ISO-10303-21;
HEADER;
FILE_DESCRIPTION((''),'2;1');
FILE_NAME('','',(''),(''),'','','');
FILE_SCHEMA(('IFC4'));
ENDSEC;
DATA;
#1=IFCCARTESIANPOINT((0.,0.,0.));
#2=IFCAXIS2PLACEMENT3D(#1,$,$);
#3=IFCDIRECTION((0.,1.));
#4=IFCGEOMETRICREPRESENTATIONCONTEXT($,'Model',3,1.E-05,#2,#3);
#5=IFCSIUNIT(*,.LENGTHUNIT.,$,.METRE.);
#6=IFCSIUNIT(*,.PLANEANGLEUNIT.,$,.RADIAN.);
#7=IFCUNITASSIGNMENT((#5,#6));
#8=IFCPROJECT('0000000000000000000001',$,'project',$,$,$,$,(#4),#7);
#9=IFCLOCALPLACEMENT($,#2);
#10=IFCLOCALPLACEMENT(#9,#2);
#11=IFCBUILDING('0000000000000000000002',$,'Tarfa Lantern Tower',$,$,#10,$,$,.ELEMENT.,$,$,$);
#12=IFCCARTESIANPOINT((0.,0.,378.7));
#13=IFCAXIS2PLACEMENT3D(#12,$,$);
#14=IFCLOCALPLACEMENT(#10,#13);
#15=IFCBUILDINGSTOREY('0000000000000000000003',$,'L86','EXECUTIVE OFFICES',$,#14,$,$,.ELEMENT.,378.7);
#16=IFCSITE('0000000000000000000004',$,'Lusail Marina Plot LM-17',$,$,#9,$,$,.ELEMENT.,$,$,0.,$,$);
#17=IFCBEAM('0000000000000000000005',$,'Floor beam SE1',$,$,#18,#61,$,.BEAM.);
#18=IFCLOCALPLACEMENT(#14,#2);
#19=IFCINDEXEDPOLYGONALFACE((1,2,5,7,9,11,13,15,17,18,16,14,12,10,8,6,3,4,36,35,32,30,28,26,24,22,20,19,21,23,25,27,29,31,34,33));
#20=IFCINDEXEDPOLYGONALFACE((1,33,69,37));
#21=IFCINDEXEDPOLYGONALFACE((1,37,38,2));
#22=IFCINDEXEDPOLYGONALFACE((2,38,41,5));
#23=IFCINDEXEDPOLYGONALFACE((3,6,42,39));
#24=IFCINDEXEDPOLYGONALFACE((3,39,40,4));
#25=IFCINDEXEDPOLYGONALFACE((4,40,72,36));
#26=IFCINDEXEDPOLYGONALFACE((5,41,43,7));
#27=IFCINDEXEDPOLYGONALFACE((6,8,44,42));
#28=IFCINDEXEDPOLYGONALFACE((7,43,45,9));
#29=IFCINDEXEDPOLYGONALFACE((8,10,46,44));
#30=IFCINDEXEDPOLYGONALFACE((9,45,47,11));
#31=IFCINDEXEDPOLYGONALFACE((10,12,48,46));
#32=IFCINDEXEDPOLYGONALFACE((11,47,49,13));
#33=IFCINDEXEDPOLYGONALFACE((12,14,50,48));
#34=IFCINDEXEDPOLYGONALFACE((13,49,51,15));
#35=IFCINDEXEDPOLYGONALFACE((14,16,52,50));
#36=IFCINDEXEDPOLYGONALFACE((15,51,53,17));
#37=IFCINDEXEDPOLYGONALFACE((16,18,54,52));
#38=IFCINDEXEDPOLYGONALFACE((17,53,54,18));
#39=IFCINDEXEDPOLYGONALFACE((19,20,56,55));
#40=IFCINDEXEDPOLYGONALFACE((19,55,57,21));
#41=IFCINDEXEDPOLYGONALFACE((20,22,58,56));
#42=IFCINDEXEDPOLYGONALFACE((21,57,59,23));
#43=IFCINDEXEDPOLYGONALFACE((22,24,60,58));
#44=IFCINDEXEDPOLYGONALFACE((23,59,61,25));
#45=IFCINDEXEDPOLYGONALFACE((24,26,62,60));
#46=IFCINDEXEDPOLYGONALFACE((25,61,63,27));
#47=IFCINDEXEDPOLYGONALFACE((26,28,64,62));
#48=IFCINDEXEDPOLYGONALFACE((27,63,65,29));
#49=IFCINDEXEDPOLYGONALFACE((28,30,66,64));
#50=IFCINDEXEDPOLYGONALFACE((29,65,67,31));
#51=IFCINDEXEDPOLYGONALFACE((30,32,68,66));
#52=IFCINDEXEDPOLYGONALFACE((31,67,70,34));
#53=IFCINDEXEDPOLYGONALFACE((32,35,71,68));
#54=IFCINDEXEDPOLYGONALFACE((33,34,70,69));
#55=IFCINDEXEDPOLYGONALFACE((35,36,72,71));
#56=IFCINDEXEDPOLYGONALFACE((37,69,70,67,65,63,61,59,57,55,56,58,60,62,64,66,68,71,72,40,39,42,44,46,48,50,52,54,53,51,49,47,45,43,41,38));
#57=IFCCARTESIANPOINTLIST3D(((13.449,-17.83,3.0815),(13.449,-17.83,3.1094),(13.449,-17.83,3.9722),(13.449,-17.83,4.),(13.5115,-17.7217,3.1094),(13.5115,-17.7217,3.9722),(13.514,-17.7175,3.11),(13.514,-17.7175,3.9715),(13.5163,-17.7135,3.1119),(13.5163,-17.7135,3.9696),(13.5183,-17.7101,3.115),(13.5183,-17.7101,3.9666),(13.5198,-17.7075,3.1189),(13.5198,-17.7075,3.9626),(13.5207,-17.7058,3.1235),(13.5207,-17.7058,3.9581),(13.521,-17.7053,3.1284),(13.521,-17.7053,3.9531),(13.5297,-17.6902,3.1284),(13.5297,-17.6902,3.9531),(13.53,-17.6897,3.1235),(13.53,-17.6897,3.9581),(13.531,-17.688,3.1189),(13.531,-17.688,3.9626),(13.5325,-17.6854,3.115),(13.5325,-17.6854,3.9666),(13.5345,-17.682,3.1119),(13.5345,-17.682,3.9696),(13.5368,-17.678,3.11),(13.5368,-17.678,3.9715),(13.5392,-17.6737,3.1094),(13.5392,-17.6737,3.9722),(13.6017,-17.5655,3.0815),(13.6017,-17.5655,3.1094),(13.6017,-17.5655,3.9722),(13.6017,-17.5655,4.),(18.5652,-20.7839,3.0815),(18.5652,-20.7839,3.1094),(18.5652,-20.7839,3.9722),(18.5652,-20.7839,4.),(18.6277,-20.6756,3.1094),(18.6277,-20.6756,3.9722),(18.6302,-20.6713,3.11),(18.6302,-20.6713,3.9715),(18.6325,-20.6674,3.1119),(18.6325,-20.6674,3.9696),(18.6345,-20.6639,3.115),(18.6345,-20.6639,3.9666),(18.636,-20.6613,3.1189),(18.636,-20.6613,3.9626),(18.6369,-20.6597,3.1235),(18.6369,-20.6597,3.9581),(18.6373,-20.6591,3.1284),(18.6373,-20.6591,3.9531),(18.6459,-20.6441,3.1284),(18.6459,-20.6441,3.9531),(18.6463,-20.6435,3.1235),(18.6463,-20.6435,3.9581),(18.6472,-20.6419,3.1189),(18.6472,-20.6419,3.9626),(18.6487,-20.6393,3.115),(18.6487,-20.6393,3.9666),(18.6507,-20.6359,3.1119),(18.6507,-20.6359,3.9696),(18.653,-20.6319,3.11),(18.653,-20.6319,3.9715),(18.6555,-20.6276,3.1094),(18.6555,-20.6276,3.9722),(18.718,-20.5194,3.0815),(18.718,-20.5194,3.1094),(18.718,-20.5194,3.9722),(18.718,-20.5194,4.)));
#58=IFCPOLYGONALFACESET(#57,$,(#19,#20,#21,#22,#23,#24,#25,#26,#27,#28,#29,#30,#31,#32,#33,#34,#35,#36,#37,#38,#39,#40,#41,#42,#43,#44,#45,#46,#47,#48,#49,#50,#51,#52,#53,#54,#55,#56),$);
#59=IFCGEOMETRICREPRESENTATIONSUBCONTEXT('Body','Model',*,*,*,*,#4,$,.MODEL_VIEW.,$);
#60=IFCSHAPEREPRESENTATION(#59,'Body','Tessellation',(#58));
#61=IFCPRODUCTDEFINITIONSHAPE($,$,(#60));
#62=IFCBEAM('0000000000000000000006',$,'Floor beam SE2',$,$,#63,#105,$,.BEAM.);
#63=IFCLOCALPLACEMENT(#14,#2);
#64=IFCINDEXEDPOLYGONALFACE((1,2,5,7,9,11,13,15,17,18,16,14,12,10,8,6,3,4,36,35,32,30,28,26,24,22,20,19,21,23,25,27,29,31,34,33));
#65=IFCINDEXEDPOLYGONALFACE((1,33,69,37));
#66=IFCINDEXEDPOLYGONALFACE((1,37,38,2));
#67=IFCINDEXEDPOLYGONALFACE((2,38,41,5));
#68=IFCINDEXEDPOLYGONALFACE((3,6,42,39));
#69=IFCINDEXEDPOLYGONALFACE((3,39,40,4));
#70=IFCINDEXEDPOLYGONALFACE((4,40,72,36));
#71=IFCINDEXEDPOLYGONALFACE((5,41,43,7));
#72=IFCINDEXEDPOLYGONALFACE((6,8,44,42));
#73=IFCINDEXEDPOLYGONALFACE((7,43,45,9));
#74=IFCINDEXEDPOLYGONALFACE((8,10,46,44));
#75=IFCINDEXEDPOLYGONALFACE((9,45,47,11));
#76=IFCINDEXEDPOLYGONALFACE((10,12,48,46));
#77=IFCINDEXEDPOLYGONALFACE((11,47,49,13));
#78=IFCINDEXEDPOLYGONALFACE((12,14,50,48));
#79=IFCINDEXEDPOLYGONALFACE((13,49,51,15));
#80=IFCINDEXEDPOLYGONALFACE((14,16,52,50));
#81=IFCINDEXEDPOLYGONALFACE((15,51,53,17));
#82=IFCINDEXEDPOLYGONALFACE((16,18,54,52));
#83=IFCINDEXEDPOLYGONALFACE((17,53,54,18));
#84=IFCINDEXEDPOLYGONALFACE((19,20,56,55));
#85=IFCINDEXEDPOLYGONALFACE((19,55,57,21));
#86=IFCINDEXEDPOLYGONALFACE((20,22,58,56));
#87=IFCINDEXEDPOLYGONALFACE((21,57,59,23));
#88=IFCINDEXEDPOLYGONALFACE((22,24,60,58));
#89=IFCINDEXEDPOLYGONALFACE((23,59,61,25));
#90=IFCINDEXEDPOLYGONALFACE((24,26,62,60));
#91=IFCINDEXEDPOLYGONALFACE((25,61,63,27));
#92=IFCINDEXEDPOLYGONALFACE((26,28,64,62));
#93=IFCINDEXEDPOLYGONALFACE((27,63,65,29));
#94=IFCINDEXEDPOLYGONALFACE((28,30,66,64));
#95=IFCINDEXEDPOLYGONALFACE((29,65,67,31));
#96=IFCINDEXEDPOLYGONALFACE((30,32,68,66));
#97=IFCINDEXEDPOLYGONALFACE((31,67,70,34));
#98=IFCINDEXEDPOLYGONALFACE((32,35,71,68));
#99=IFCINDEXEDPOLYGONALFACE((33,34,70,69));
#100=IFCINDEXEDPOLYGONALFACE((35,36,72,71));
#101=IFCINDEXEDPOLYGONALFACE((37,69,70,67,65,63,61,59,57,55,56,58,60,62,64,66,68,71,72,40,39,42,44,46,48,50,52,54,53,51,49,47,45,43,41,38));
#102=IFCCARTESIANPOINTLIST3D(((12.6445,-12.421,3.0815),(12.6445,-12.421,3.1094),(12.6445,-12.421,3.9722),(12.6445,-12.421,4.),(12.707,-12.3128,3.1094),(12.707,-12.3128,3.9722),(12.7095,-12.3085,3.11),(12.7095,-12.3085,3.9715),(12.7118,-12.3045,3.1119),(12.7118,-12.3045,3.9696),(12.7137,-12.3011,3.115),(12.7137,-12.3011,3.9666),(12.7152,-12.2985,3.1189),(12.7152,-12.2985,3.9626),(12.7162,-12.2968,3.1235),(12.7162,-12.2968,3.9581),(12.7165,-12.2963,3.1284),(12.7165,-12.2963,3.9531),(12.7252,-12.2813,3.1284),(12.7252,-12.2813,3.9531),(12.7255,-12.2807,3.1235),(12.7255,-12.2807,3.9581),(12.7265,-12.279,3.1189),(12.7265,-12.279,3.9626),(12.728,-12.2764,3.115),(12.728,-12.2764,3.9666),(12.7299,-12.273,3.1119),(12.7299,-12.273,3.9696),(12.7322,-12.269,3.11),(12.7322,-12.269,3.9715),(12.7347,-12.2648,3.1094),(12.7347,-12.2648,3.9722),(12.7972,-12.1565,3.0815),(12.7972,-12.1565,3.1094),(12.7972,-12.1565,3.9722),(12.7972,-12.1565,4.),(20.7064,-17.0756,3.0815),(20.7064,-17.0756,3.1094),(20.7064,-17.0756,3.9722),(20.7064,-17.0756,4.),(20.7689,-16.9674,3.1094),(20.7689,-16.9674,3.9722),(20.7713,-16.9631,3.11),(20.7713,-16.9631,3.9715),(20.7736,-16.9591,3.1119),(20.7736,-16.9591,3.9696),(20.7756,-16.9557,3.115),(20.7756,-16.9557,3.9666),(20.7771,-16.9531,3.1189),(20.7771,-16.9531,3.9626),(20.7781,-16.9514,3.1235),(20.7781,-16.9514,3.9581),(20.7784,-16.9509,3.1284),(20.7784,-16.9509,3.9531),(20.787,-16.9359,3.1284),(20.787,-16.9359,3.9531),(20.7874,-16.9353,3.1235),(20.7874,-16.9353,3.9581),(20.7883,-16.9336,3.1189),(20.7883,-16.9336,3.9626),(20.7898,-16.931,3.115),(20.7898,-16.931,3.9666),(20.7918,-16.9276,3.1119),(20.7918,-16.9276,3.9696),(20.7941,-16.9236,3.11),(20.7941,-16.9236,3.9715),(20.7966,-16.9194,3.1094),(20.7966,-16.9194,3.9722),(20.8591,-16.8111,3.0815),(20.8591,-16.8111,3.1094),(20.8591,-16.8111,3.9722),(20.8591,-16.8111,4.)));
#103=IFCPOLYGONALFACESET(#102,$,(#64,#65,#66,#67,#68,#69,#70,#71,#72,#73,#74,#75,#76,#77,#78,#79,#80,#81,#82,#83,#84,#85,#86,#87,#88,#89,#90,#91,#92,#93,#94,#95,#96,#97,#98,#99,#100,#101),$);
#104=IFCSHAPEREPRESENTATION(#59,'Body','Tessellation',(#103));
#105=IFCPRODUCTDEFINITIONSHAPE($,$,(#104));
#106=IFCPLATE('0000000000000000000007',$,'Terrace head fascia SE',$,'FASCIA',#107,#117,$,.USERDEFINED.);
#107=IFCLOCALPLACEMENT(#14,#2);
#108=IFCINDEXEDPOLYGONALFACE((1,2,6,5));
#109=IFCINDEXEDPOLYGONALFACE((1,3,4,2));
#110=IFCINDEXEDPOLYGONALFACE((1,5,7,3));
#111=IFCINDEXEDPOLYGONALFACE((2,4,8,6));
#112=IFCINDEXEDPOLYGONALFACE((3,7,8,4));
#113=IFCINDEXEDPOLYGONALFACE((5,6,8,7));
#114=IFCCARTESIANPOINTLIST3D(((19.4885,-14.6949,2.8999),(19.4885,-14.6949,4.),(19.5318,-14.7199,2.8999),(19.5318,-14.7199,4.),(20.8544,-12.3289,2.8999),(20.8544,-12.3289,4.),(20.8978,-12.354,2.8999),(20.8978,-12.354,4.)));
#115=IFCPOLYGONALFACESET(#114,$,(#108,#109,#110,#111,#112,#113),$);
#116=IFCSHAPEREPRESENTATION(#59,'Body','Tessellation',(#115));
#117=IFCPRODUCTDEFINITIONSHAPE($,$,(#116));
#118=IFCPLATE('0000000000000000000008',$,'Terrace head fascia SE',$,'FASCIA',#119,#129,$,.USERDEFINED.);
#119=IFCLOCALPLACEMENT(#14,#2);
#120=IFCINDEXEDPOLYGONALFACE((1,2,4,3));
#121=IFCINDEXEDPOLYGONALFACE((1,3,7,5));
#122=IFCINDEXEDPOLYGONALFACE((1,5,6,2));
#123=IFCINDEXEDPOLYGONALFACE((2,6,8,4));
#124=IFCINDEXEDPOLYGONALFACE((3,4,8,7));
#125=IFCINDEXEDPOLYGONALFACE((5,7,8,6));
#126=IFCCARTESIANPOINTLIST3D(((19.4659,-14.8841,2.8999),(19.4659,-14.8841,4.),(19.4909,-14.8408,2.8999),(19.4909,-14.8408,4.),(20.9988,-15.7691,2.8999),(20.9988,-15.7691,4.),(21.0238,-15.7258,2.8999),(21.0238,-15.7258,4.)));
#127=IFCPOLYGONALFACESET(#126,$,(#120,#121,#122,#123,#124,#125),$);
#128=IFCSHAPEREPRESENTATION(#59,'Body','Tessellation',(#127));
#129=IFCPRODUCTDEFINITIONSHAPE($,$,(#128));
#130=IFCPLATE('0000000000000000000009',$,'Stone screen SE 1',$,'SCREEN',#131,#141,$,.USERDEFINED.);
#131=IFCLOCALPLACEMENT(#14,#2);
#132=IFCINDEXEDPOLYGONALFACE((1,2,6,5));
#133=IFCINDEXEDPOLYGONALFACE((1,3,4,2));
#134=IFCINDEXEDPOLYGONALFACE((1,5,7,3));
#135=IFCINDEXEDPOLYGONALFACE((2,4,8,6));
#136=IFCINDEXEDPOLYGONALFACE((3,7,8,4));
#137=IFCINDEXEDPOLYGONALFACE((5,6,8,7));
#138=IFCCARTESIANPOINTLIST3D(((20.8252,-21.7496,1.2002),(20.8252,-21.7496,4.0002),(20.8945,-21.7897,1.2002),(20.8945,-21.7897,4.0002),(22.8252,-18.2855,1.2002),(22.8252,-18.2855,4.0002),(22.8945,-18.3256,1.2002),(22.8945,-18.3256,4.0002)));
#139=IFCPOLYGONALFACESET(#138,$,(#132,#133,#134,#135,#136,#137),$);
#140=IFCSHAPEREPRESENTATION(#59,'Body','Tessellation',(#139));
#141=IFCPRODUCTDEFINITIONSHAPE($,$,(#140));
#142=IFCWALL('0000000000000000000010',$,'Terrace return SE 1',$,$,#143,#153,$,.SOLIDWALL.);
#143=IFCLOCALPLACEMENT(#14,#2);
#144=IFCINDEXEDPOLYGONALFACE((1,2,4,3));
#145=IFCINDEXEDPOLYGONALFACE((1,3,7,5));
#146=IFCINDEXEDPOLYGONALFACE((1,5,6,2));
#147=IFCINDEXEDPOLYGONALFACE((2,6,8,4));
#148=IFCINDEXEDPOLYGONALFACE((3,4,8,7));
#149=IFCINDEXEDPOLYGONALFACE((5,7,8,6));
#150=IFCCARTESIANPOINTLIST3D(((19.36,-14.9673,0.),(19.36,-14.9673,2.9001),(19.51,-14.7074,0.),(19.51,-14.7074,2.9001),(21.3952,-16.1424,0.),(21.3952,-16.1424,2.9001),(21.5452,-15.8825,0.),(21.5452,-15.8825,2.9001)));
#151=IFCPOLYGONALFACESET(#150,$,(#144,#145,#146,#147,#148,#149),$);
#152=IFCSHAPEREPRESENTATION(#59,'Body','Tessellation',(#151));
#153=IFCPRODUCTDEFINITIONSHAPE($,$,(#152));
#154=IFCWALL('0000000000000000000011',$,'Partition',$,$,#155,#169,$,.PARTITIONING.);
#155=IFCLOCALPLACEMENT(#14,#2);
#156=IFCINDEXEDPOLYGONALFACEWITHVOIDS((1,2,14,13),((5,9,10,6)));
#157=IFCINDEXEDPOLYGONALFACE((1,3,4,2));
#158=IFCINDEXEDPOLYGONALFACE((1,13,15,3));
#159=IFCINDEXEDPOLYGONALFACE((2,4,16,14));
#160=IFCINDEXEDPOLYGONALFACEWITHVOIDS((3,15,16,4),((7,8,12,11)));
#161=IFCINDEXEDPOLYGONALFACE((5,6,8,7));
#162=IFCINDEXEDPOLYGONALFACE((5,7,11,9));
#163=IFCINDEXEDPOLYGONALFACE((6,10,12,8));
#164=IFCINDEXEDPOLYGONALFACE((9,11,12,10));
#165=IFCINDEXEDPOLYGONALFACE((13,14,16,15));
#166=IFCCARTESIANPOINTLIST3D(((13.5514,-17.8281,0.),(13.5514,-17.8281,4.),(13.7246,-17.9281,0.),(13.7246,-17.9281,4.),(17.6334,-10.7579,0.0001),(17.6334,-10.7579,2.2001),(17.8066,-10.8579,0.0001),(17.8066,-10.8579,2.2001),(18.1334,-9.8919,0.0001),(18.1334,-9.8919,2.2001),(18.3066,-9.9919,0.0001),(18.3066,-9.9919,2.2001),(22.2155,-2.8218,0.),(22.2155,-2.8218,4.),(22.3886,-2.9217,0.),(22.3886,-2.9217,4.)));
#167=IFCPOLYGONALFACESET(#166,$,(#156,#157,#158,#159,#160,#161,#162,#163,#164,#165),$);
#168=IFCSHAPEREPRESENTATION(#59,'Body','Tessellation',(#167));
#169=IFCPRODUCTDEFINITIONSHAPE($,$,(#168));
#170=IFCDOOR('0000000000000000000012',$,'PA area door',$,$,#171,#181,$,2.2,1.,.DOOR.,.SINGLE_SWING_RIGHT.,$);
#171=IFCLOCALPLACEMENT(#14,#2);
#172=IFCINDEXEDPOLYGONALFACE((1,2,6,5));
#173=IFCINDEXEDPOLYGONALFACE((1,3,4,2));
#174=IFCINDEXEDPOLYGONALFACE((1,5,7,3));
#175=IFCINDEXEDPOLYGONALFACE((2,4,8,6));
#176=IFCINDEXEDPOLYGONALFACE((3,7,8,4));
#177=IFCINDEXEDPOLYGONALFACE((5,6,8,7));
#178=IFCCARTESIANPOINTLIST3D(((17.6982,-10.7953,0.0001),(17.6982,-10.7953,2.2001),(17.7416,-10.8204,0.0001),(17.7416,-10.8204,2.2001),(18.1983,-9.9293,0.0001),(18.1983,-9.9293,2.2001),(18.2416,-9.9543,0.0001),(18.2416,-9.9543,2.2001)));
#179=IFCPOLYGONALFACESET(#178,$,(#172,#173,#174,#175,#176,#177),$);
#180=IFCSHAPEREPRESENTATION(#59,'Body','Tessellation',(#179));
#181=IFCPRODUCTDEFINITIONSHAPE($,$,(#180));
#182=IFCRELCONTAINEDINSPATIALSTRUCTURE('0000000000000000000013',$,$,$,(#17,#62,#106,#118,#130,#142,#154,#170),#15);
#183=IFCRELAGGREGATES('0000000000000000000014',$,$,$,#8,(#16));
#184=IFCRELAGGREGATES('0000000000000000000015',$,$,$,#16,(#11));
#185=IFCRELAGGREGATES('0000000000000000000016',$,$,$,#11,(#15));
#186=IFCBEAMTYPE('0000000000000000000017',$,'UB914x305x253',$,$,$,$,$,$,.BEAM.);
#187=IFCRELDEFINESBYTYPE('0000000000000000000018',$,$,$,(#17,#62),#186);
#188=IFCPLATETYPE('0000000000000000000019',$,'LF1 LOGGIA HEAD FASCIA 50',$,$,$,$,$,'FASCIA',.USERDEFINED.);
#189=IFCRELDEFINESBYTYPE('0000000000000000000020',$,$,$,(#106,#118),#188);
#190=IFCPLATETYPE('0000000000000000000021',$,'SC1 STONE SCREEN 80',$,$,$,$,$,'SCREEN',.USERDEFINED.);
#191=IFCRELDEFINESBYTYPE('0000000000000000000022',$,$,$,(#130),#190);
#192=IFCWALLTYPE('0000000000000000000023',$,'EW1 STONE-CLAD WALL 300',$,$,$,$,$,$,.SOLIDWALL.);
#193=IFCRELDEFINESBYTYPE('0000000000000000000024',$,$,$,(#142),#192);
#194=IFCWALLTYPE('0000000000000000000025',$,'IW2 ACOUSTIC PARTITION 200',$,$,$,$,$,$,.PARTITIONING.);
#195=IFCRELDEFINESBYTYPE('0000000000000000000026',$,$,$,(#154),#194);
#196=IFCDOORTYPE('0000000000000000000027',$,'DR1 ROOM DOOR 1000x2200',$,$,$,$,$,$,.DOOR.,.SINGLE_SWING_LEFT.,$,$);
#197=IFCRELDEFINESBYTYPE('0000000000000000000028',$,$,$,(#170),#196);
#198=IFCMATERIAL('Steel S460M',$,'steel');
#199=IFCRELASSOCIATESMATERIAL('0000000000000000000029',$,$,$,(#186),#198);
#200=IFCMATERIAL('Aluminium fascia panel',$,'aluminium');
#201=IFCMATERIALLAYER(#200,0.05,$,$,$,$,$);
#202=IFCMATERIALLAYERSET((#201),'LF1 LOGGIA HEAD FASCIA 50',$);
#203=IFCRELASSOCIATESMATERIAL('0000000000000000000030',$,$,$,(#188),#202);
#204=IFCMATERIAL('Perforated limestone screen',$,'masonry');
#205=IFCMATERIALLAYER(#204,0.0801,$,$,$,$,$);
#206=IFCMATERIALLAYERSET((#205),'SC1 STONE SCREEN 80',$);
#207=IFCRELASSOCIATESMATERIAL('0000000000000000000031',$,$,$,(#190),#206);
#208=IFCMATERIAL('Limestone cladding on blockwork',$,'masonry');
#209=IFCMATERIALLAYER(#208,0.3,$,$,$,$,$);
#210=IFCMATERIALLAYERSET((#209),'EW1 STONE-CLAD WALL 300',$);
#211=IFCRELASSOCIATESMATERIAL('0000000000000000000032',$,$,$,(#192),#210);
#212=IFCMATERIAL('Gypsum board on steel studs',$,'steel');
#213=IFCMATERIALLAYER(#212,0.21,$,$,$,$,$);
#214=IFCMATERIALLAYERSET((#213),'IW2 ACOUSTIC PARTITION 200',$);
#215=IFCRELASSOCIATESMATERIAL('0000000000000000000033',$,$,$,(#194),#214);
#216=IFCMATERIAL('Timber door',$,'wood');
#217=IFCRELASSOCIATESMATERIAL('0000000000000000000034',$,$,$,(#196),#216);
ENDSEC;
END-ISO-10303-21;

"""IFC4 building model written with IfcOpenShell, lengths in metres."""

from ifc_helpers import new_model, si_unit, direction, frame, frame_2d, origin, origin_2d, place, context, subcontext, project, spatial, rectangle, i_section, extrude, material, layer, layer_set, material_profile, profile_set, type_object, element, fill, save


model = new_model("IFC4")

# Units and contexts
model_context = context("Model", 3, precision=1e-05, world=origin(), true_north=direction((0.0, 1.0)))
body_context = subcontext(model_context, "Body", "Model", "MODEL_VIEW")
ifc_project = project(units=[si_unit("LENGTHUNIT", "METRE"), si_unit("PLANEANGLEUNIT", "RADIAN")], contexts=[model_context])

# Site, building, storey
site_placement = place(None, origin())
site = spatial("IfcSite", under=ifc_project, at=site_placement, Name="Lusail Marina Plot LM-17", CompositionType="ELEMENT", RefElevation=0.0)
building_placement = place(site_placement, origin())
building = spatial("IfcBuilding", under=site, at=building_placement, Name="Tarfa Lantern Tower", CompositionType="ELEMENT")
storey_placement = place(building_placement, frame((0.0, 0.0, 378.7)))
storey = spatial("IfcBuildingStorey", under=building, at=storey_placement, Name="L86", Description="EXECUTIVE OFFICES", CompositionType="ELEMENT", Elevation=378.7)

# Beams
ifc_material_1 = material(Name="Steel S460M", Category="steel")
ifc_material_profile_1 = material_profile(ifc_material_1, i_section(OverallWidth=0.3054, OverallDepth=0.9185, WebThickness=0.0173, FlangeThickness=0.0278, FilletRadius=0.019, at=origin_2d()), Name="UB914x305x253")
ifc_profile_set_1 = profile_set([ifc_material_profile_1], Name="Steel S460M")
beam_type_1 = type_object("IfcBeamType", Name="UB914x305x253", PredefinedType="BEAM", material=ifc_profile_set_1)
beam_1_placement = place(storey_placement, frame((18.6416, -20.6516, 3.5408), z_axis=(-0.866025, 0.500001, 0.0), x_axis=(-0.500001, -0.866025, 0.0)))
element("IfcBeam", 1, at=beam_1_placement, inside=storey, type_object=beam_type_1, Name="Floor beam SE1", PredefinedType="BEAM", context=body_context, shape_type="SweptSolid", body=[
    extrude(i_section(OverallWidth=0.3054, OverallDepth=0.9185, WebThickness=0.0173, FlangeThickness=0.0278, FilletRadius=0.019, at=origin_2d()), origin(), (0.0, 0.0, 1.0), 5.9077),
])
beam_2_placement = place(storey_placement, frame((20.7827, -16.9434, 3.5408), z_axis=(-0.866022, 0.500006, 0.0), x_axis=(-0.500006, -0.866022, 0.0)))
element("IfcBeam", 2, at=beam_2_placement, inside=storey, type_object=beam_type_1, Name="Floor beam SE2", PredefinedType="BEAM", context=body_context, shape_type="SweptSolid", body=[
    extrude(i_section(OverallWidth=0.3054, OverallDepth=0.9185, WebThickness=0.0173, FlangeThickness=0.0278, FilletRadius=0.019, at=origin_2d()), origin(), (0.0, 0.0, 1.0), 9.3091),
])

# Plates
ifc_material_2 = material(Name="Aluminium fascia panel", Category="aluminium")
ifc_layer_1 = layer(ifc_material_2, 0.05)
ifc_layer_set_1 = layer_set([ifc_layer_1], Name="LF1 LOGGIA HEAD FASCIA 50")
plate_type_1 = type_object("IfcPlateType", Name="LF1 LOGGIA HEAD FASCIA 50", ElementType="FASCIA", PredefinedType="USERDEFINED", material=ifc_layer_set_1)
plate_1_placement = place(storey_placement, frame((20.1931, -13.5244, 2.8999), z_axis=(0.0, 0.0, 1.0), x_axis=(0.5, 0.866025, 0.0)))
element("IfcPlate", 3, at=plate_1_placement, inside=storey, type_object=plate_type_1, Name="Terrace head fascia SE", ObjectType="FASCIA", PredefinedType="USERDEFINED", context=body_context, shape_type="SweptSolid", body=[
    extrude(rectangle(XDim=2.7319, YDim=0.05, at=origin_2d()), origin(), (0.0, 0.0, 1.0), 1.1001),
])
plate_2_placement = place(storey_placement, frame((20.2449, -15.3049, 2.8999), z_axis=(0.0, 0.0, 1.0), x_axis=(-0.866025, 0.5, 0.0)))
element("IfcPlate", 4, at=plate_2_placement, inside=storey, type_object=plate_type_1, Name="Terrace head fascia SE", ObjectType="FASCIA", PredefinedType="USERDEFINED", context=body_context, shape_type="SweptSolid", body=[
    extrude(rectangle(XDim=1.77, YDim=0.05, at=origin_2d()), origin(), (0.0, 0.0, 1.0), 1.1001),
])
ifc_material_3 = material(Name="Perforated limestone screen", Category="masonry")
ifc_layer_2 = layer(ifc_material_3, 0.0801)
ifc_layer_set_2 = layer_set([ifc_layer_2], Name="SC1 STONE SCREEN 80")
plate_type_2 = type_object("IfcPlateType", Name="SC1 STONE SCREEN 80", ElementType="SCREEN", PredefinedType="USERDEFINED", material=ifc_layer_set_2)
plate_3_placement = place(storey_placement, frame((21.8599, -20.0376, 1.2002), z_axis=(0.0, 0.0, 1.0), x_axis=(0.5, 0.866025, 0.0)))
element("IfcPlate", 5, at=plate_3_placement, inside=storey, type_object=plate_type_2, Name="Stone screen SE 1", ObjectType="SCREEN", PredefinedType="USERDEFINED", context=body_context, shape_type="SweptSolid", body=[
    extrude(rectangle(XDim=4.0, YDim=0.0801, at=origin_2d()), origin(), (0.0, 0.0, 1.0), 2.8),
])

# Shared definitions
ifc_material_4 = material(Name="Limestone cladding on blockwork", Category="masonry")
ifc_layer_3 = layer(ifc_material_4, 0.3)
ifc_layer_set_3 = layer_set([ifc_layer_3], Name="EW1 STONE-CLAD WALL 300")
wall_type_1 = type_object("IfcWallType", Name="EW1 STONE-CLAD WALL 300", PredefinedType="SOLIDWALL", material=ifc_layer_set_3)

# Wall
wall_1_placement = place(storey_placement, frame((21.4702, -16.0125, 0.0), z_axis=(0.0, 0.0, 1.0), x_axis=(-0.866016, 0.500016, 0.0)))
element("IfcWall", 6, at=wall_1_placement, inside=storey, type_object=wall_type_1, Name="Terrace return SE 1", PredefinedType="SOLIDWALL", context=body_context, shape_type="SweptSolid", body=[
    extrude(rectangle(XDim=2.3501, YDim=0.3, at=frame_2d((1.175, 0.0))), origin(), (0.0, 0.0, 1.0), 2.9001),
])

# Wall, opening, door
ifc_material_5 = material(Name="Gypsum board on steel studs", Category="steel")
ifc_layer_4 = layer(ifc_material_5, 0.21)
ifc_layer_set_4 = layer_set([ifc_layer_4], Name="IW2 ACOUSTIC PARTITION 200")
wall_type_2 = type_object("IfcWallType", Name="IW2 ACOUSTIC PARTITION 200", PredefinedType="PARTITIONING", material=ifc_layer_set_4)
wall_2_placement = place(storey_placement, frame((13.6379, -17.8782, 0.0), z_axis=(0.0, 0.0, 1.0), x_axis=(0.500006, 0.866022, 0.0)))
wall_2 = element("IfcWall", 7, at=wall_2_placement, inside=storey, type_object=wall_type_2, Name="Partition", PredefinedType="PARTITIONING", context=body_context, shape_type="SweptSolid", body=[
    extrude(rectangle(XDim=17.3279, YDim=0.2, at=frame_2d((8.6641, 0.0))), origin(), (0.0, 0.0, 1.0), 4.0),
])
opening_1_placement = place(wall_2_placement, frame((8.1641, 0.0, 0.0)))
opening_1 = element("IfcOpeningElement", 8, at=opening_1_placement, cuts=wall_2, PredefinedType="OPENING", context=body_context, shape_type="SweptSolid", body=[
    extrude(rectangle(XDim=1.0, YDim=2.2, at=frame_2d((0.5, 1.1001))), frame((0.0, 0.1099, 0.0), z_axis=(0.0, -1.0, 0.0), x_axis=(1.0, 0.0, 0.0)), (0.0, 0.0, 1.0), 0.22),
])
ifc_material_6 = material(Name="Timber door", Category="wood")
door_type_1 = type_object("IfcDoorType", Name="DR1 ROOM DOOR 1000x2200", OperationType="SINGLE_SWING_LEFT", PredefinedType="DOOR", material=ifc_material_6)
door_1_placement = place(opening_1_placement, frame((1.0, 0.0, 0.0), z_axis=(0.0, 0.0, 1.0), x_axis=(-1.0, 0.0, 0.0)))
door_1 = element("IfcDoor", 9, at=door_1_placement, inside=storey, type_object=door_type_1, Name="PA area door", OperationType="SINGLE_SWING_RIGHT", OverallHeight=2.2, OverallWidth=1.0, PredefinedType="DOOR", context=body_context, shape_type="SweptSolid", body=[
    extrude(rectangle(XDim=1.0, YDim=2.2, at=frame_2d((0.5, 1.1001))), frame((0.0, 0.0249, 0.0), z_axis=(0.0, -1.0, 0.0), x_axis=(1.0, 0.0, 0.0)), (0.0, 0.0, 1.0), 0.05),
])
fill(opening_1, door_1)

save(model, "model.ifc")
